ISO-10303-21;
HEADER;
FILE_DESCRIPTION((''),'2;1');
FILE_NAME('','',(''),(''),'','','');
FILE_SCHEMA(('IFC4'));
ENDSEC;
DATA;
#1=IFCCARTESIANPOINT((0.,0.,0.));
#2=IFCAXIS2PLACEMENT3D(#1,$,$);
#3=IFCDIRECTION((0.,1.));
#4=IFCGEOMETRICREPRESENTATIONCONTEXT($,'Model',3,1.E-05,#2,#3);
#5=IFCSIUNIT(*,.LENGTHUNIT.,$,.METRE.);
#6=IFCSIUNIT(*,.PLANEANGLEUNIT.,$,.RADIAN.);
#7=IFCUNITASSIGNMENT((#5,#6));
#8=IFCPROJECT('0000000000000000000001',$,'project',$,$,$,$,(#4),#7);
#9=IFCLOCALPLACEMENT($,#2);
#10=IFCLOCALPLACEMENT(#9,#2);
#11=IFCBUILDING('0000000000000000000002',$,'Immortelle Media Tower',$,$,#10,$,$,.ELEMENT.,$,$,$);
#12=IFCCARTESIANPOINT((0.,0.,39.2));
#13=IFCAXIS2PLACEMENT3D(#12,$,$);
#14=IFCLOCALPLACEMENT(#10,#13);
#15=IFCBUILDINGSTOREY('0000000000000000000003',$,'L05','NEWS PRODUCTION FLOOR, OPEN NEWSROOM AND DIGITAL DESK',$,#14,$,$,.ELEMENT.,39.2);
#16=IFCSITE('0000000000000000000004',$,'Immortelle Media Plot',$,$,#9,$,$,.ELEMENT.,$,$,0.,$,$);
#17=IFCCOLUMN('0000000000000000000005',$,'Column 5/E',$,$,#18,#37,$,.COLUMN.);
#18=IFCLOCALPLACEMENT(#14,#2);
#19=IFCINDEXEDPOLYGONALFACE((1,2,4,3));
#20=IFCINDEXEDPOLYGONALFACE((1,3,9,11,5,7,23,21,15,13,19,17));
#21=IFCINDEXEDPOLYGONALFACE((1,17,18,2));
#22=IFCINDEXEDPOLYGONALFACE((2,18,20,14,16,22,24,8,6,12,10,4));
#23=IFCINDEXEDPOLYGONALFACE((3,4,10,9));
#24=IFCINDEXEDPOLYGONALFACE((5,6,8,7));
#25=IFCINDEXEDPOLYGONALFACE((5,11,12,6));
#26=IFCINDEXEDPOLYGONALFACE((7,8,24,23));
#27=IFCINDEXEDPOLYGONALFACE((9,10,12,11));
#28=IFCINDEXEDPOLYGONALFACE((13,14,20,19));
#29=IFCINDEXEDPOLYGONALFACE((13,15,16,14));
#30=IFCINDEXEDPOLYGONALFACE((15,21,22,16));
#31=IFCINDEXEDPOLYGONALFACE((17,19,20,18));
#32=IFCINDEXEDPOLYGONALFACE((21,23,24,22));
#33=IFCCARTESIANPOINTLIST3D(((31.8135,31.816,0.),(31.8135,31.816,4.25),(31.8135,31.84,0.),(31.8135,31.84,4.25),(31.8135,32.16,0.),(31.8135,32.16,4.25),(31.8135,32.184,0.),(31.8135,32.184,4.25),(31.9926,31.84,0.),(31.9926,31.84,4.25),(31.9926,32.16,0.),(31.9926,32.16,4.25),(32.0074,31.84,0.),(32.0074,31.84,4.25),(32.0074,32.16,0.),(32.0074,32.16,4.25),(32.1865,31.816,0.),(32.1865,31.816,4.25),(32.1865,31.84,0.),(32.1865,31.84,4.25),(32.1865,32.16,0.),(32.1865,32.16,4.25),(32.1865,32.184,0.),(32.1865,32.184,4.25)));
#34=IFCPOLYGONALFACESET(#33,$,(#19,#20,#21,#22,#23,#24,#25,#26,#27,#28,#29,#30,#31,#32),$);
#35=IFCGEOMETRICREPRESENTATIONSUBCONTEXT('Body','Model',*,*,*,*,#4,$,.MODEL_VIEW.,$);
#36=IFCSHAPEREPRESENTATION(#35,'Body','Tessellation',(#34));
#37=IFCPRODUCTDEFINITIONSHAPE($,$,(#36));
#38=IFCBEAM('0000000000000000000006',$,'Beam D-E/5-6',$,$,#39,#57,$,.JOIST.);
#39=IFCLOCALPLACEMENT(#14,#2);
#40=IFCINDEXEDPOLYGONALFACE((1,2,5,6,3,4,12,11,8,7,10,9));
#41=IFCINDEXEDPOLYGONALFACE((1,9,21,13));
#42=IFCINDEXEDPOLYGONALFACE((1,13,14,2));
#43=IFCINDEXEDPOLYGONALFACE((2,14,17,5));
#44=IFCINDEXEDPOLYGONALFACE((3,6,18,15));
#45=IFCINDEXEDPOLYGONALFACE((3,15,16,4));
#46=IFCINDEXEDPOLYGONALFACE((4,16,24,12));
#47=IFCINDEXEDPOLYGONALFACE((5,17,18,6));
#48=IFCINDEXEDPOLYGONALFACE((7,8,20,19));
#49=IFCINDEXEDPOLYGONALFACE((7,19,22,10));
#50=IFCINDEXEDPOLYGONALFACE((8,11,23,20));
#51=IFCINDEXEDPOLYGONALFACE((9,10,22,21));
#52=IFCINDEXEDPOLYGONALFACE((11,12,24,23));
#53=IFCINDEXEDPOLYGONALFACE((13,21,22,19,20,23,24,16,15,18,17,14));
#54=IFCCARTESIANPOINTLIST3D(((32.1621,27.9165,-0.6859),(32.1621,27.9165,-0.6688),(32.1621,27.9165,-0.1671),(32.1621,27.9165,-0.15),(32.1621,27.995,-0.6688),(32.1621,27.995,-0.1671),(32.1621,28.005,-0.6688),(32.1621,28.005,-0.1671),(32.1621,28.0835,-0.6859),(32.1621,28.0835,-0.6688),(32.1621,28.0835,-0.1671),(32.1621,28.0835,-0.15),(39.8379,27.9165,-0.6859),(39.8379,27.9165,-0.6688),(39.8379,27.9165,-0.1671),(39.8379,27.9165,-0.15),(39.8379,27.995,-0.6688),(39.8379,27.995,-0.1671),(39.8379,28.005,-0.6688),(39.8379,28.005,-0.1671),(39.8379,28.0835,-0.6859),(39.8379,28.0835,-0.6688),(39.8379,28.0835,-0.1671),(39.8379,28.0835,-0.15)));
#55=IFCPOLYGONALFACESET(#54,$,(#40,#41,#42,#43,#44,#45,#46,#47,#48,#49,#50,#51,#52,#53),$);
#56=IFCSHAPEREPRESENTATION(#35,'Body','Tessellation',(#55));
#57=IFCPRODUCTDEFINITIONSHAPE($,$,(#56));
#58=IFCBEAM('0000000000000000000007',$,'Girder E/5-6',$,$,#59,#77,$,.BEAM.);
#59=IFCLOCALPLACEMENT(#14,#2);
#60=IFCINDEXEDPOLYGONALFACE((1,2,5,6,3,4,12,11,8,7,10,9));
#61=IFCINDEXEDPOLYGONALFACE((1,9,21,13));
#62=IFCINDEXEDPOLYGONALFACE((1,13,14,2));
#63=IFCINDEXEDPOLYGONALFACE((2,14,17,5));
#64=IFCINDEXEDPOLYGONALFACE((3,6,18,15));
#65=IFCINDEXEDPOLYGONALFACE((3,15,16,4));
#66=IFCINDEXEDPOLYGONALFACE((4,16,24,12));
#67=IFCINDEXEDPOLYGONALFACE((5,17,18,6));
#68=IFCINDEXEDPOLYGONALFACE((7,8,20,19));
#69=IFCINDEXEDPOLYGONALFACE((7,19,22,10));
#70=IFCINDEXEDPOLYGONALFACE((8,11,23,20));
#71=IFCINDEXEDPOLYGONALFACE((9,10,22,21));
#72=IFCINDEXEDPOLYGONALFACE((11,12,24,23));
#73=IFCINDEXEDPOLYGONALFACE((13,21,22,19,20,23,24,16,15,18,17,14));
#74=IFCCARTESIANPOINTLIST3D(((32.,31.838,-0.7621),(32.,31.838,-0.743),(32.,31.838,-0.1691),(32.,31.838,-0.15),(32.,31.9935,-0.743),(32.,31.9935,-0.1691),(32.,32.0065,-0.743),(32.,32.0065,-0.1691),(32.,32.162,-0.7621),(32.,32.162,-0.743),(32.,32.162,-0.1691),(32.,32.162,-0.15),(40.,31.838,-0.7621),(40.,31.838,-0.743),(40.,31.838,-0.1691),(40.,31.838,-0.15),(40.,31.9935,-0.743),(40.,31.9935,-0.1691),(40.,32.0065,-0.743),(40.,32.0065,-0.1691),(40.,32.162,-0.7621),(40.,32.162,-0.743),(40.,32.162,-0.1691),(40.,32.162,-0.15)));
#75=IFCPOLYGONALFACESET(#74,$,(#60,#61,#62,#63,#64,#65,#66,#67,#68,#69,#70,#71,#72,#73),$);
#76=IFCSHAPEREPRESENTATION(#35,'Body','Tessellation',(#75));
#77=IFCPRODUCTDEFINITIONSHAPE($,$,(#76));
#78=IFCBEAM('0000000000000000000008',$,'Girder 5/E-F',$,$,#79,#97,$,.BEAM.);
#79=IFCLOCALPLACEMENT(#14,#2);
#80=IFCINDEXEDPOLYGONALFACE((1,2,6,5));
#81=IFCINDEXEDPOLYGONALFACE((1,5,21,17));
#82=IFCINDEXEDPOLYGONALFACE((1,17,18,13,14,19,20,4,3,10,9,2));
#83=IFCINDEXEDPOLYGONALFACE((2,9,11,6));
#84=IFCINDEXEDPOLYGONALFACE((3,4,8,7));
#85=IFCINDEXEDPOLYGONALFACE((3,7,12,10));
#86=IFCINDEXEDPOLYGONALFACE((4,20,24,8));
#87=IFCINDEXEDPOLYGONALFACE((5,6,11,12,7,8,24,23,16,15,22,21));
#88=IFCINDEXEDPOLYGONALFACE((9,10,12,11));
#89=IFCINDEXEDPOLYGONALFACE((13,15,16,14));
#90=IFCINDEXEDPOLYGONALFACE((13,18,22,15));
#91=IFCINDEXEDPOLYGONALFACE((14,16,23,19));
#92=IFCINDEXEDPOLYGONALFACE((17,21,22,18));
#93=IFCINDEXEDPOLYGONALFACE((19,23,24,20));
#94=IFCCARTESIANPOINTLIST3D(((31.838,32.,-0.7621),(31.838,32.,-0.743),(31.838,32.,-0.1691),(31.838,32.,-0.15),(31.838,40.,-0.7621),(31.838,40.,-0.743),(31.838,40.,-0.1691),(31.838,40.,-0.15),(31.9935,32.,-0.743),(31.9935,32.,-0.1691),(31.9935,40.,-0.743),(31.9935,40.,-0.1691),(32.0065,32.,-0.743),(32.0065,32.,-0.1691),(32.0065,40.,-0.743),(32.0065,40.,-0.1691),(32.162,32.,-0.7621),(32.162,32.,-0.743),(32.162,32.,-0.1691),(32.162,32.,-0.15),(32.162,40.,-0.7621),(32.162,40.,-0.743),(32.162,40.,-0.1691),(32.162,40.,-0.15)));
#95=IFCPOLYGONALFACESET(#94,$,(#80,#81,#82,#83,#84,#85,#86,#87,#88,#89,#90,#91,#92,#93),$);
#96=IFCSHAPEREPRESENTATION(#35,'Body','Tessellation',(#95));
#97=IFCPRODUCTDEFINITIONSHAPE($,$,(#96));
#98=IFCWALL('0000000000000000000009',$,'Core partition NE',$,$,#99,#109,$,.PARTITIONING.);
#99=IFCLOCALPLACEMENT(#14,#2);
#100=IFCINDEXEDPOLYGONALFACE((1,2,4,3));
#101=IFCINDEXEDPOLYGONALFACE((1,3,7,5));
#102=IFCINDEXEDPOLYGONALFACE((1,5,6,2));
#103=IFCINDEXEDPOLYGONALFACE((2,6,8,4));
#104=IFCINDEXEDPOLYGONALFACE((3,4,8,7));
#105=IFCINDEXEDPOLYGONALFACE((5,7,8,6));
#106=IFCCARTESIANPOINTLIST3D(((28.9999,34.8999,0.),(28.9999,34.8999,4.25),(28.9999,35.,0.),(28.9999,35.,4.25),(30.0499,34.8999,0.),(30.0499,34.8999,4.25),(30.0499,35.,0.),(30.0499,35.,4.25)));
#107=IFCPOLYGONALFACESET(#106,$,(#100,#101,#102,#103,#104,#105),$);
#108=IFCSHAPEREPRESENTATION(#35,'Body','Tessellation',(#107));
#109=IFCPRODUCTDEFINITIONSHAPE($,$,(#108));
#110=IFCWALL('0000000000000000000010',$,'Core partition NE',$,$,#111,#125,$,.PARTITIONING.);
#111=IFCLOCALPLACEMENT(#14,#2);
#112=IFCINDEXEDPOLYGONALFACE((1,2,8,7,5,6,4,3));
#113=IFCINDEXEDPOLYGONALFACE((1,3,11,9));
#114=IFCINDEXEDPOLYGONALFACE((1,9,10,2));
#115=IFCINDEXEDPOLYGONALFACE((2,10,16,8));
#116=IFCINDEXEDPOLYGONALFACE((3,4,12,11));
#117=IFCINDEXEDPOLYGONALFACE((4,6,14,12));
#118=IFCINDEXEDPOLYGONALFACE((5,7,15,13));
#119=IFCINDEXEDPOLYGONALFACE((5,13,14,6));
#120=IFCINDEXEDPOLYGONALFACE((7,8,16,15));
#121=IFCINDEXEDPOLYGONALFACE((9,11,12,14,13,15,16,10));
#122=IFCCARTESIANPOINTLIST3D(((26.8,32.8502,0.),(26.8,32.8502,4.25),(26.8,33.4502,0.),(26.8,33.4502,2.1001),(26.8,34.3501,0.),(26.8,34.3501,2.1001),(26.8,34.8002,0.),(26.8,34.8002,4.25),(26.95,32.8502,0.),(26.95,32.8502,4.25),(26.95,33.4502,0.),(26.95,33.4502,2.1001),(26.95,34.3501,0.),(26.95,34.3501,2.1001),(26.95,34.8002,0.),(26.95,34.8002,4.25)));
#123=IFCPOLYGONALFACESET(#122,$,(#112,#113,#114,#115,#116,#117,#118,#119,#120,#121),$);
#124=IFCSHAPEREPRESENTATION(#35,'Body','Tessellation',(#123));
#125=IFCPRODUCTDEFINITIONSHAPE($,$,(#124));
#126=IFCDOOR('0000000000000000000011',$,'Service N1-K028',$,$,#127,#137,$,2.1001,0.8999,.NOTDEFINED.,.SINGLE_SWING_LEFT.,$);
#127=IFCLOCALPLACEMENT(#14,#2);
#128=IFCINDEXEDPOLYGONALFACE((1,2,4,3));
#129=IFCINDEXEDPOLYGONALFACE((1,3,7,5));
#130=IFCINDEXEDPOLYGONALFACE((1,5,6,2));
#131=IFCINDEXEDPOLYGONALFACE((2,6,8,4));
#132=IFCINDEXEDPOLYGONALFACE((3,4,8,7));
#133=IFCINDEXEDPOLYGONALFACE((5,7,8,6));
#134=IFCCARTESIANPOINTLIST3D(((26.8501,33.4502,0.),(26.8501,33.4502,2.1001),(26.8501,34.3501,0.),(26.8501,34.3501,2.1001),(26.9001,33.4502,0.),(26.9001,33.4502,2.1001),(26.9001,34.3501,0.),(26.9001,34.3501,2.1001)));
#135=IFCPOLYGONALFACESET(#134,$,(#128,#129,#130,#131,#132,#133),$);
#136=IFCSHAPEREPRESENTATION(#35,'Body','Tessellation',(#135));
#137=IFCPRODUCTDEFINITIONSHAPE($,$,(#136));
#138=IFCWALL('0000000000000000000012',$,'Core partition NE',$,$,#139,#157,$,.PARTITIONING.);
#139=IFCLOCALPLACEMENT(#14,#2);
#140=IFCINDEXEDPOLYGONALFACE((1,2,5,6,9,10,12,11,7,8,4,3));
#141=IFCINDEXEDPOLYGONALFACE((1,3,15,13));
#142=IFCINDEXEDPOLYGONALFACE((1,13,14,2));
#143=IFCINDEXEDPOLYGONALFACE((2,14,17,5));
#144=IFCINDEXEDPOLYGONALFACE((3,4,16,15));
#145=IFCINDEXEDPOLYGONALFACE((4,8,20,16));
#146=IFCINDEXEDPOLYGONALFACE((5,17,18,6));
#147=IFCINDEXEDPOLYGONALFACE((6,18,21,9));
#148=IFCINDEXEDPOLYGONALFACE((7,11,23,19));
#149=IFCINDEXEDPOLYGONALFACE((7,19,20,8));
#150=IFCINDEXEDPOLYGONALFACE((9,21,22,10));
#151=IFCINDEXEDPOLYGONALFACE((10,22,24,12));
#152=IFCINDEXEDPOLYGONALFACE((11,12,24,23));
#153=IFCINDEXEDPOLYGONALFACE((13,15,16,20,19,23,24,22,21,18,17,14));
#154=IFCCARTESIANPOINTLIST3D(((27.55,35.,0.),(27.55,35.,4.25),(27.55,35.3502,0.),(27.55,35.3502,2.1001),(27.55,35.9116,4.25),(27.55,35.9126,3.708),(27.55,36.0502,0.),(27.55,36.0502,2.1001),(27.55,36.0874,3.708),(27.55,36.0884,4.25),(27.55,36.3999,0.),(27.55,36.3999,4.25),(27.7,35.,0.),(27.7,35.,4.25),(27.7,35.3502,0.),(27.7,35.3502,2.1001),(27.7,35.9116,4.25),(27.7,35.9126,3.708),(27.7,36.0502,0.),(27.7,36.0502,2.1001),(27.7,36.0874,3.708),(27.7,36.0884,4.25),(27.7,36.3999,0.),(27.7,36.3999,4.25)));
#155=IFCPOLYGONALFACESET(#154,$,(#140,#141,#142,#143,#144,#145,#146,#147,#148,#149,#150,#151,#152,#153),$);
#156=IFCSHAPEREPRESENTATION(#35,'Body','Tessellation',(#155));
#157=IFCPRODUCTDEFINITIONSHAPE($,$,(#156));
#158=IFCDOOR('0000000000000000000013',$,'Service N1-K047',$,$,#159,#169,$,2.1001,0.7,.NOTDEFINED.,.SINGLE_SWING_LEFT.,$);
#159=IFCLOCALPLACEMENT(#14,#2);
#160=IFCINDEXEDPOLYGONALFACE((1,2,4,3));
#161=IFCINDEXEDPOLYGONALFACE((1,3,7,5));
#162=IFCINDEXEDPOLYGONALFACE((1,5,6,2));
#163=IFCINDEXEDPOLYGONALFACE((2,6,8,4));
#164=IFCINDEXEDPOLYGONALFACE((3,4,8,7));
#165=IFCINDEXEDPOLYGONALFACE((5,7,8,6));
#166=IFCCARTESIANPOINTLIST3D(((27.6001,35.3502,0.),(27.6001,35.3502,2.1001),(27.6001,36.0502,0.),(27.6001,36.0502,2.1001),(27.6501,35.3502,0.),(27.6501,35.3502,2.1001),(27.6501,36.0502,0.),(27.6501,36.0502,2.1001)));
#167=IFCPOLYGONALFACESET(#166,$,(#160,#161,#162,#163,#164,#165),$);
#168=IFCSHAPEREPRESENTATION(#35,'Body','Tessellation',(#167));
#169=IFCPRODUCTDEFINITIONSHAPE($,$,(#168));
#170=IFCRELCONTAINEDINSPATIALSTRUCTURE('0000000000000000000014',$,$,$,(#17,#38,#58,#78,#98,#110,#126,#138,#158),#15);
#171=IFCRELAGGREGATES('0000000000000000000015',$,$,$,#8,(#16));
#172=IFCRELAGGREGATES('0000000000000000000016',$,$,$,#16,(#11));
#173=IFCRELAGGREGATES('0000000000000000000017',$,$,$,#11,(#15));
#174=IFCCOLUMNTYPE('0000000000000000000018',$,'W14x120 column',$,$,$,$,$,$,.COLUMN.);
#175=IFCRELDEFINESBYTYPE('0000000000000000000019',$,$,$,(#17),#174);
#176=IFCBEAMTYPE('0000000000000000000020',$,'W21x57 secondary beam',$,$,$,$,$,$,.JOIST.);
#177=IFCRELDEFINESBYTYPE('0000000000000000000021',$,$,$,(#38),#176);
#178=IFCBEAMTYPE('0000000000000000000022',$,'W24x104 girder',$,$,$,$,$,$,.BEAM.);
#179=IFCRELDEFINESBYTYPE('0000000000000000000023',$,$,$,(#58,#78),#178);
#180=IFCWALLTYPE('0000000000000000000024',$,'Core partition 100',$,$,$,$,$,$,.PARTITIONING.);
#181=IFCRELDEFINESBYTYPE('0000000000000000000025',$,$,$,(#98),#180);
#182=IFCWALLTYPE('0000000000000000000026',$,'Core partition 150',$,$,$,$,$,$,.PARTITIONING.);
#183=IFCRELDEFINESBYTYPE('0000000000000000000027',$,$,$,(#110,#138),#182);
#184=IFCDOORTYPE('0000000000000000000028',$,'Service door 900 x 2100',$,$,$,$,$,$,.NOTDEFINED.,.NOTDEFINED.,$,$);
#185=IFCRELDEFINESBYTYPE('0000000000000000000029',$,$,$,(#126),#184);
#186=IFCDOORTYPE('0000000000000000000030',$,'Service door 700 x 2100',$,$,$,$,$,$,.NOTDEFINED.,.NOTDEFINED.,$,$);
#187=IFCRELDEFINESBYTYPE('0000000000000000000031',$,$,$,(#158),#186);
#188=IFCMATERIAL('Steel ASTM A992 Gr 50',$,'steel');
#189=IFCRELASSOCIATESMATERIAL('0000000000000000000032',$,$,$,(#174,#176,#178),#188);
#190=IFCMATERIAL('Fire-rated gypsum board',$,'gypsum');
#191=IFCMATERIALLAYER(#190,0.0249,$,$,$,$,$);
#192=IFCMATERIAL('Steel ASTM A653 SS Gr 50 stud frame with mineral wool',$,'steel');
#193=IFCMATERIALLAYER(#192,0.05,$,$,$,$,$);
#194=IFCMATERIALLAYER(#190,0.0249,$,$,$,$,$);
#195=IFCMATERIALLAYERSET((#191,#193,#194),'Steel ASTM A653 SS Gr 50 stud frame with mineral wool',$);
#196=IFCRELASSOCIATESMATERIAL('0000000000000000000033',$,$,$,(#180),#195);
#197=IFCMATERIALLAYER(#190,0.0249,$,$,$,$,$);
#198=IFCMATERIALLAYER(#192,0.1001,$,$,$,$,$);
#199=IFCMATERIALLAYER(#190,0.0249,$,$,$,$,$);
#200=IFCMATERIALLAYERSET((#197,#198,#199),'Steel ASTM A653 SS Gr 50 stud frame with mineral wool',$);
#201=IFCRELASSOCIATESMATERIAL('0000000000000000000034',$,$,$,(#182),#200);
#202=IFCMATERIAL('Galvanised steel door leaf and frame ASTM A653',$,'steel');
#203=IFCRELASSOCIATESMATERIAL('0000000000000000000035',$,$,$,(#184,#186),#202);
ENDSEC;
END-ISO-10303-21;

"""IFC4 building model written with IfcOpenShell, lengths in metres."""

from ifc_helpers import new_model, si_unit, direction, frame, frame_2d, origin, origin_2d, place, context, subcontext, project, spatial, polyline, rectangle, i_section, outline, extrude, material, layer, layer_set, material_profile, profile_set, type_object, element, fill, save


model = new_model("IFC4")

# Units and contexts
model_context = context("Model", 3, precision=1e-05, world=origin(), true_north=direction((0.0, 1.0)))
body_context = subcontext(model_context, "Body", "Model", "MODEL_VIEW")
ifc_project = project(units=[si_unit("LENGTHUNIT", "METRE"), si_unit("PLANEANGLEUNIT", "RADIAN")], contexts=[model_context])

# Site, building, storey
site_placement = place(None, origin())
site = spatial("IfcSite", under=ifc_project, at=site_placement, Name="Immortelle Media Plot", CompositionType="ELEMENT", RefElevation=0.0)
building_placement = place(site_placement, origin())
building = spatial("IfcBuilding", under=site, at=building_placement, Name="Immortelle Media Tower", CompositionType="ELEMENT")
storey_placement = place(building_placement, frame((0.0, 0.0, 39.2)))
storey = spatial("IfcBuildingStorey", under=building, at=storey_placement, Name="L05", Description="NEWS PRODUCTION FLOOR, OPEN NEWSROOM AND DIGITAL DESK", CompositionType="ELEMENT", Elevation=39.2)

# Column
ifc_material_1 = material(Name="Steel ASTM A992 Gr 50", Category="steel")
ifc_material_profile_1 = material_profile(ifc_material_1, i_section(OverallWidth=0.373, OverallDepth=0.3679, WebThickness=0.0149, FlangeThickness=0.0239, at=origin_2d()), Name="W14x120")
ifc_profile_set_1 = profile_set([ifc_material_profile_1], Name="Steel ASTM A992 Gr 50")
column_type = type_object("IfcColumnType", Name="W14x120 column", PredefinedType="COLUMN", material=ifc_profile_set_1)
column_placement = place(storey_placement, frame((32.0, 32.0, 0.0), z_axis=(0.0, 0.0, 1.0), x_axis=(1.0, 0.0, 0.0)))
element("IfcColumn", 1, at=column_placement, inside=storey, type_object=column_type, Name="Column 5/E", PredefinedType="COLUMN", context=body_context, shape_type="SweptSolid", body=[
    extrude(i_section(OverallWidth=0.373, OverallDepth=0.3679, WebThickness=0.0149, FlangeThickness=0.0239, at=origin_2d()), origin(), (0.0, 0.0, 1.0), 4.25),
])

# Beams
ifc_material_profile_2 = material_profile(ifc_material_1, i_section(OverallWidth=0.167, OverallDepth=0.5359, WebThickness=0.01, FlangeThickness=0.0171, at=origin_2d()), Name="W21x57")
ifc_profile_set_2 = profile_set([ifc_material_profile_2], Name="Steel ASTM A992 Gr 50")
beam_type_1 = type_object("IfcBeamType", Name="W21x57 secondary beam", PredefinedType="JOIST", material=ifc_profile_set_2)
beam_placement = place(storey_placement, frame((32.1621, 28.0, -0.418), z_axis=(1.0, 0.0, 0.0), x_axis=(0.0, 1.0, 0.0)))
element("IfcBeam", 2, at=beam_placement, inside=storey, type_object=beam_type_1, Name="Beam D-E/5-6", PredefinedType="JOIST", context=body_context, shape_type="SweptSolid", body=[
    extrude(i_section(OverallWidth=0.167, OverallDepth=0.5359, WebThickness=0.01, FlangeThickness=0.0171, at=origin_2d()), origin(), (0.0, 0.0, 1.0), 7.6758),
])
ifc_material_profile_3 = material_profile(ifc_material_1, i_section(OverallWidth=0.324, OverallDepth=0.6121, WebThickness=0.0129, FlangeThickness=0.019, at=origin_2d()), Name="W24x104")
ifc_profile_set_3 = profile_set([ifc_material_profile_3], Name="Steel ASTM A992 Gr 50")
beam_type_2 = type_object("IfcBeamType", Name="W24x104 girder", PredefinedType="BEAM", material=ifc_profile_set_3)
for number, where, z_axis, x_axis, name in (
    (3, (32.0, 32.0, -0.4561), (1.0, 0.0, 0.0), (0.0, 1.0, 0.0), "Girder E/5-6"),
    (4, (32.0, 32.0, -0.4561), (0.0, 1.0, 0.0), (-1.0, 0.0, 0.0), "Girder 5/E-F"),
):
    element("IfcBeam", number, at=place(storey_placement, frame(where, z_axis=z_axis, x_axis=x_axis)), inside=storey, type_object=beam_type_2, Name=name, PredefinedType="BEAM", context=body_context, shape_type="SweptSolid", body=[
        extrude(i_section(OverallWidth=0.324, OverallDepth=0.6121, WebThickness=0.0129, FlangeThickness=0.019, at=origin_2d()), origin(), (0.0, 0.0, 1.0), 8.0),
    ])

# Wall
ifc_material_2 = material(Name="Fire-rated gypsum board", Category="gypsum")
ifc_layer_1 = layer(ifc_material_2, 0.0249)
ifc_material_3 = material(Name="Steel ASTM A653 SS Gr 50 stud frame with mineral wool", Category="steel")
ifc_layer_2 = layer(ifc_material_3, 0.05)
ifc_layer_3 = layer(ifc_material_2, 0.0249)
ifc_layer_set_1 = layer_set([ifc_layer_1, ifc_layer_2, ifc_layer_3], Name="Steel ASTM A653 SS Gr 50 stud frame with mineral wool")
wall_type_1 = type_object("IfcWallType", Name="Core partition 100", PredefinedType="PARTITIONING", material=ifc_layer_set_1)
wall_1_placement = place(storey_placement, frame((29.0, 34.95, 0.0), z_axis=(0.0, 0.0, 1.0), x_axis=(1.0, 0.0, 0.0)))
element("IfcWall", 5, at=wall_1_placement, inside=storey, type_object=wall_type_1, Name="Core partition NE", PredefinedType="PARTITIONING", context=body_context, shape_type="SweptSolid", body=[
    extrude(rectangle(XDim=1.05, YDim=0.1001, at=frame_2d((0.5249, 0.0))), origin(), (0.0, 0.0, 1.0), 4.25),
])

# Walls, openings, doors
ifc_layer_4 = layer(ifc_material_2, 0.0249)
ifc_layer_5 = layer(ifc_material_3, 0.1001)
ifc_layer_6 = layer(ifc_material_2, 0.0249)
ifc_layer_set_2 = layer_set([ifc_layer_4, ifc_layer_5, ifc_layer_6], Name="Steel ASTM A653 SS Gr 50 stud frame with mineral wool")
wall_type_2 = type_object("IfcWallType", Name="Core partition 150", PredefinedType="PARTITIONING", material=ifc_layer_set_2)
wall_2_placement = place(storey_placement, frame((26.875, 32.8501, 0.0), z_axis=(0.0, 0.0, 1.0), x_axis=(0.0, 1.0, 0.0)))
wall_2 = element("IfcWall", 6, at=wall_2_placement, inside=storey, type_object=wall_type_2, Name="Core partition NE", PredefinedType="PARTITIONING", context=body_context, shape_type="SweptSolid", body=[
    extrude(rectangle(XDim=1.95, YDim=0.1499, at=frame_2d((0.9751, 0.0))), origin(), (0.0, 0.0, 1.0), 4.25),
])
opening_1_placement = place(wall_2_placement, frame((0.6001, 0.0, 0.0)))
opening_1 = element("IfcOpeningElement", 7, at=opening_1_placement, cuts=wall_2, PredefinedType="OPENING", context=body_context, shape_type="SweptSolid", body=[
    extrude(rectangle(XDim=0.8999, YDim=2.1001, at=frame_2d((0.45, 1.05))), frame((0.0, 0.085, 0.0), z_axis=(0.0, -1.0, 0.0), x_axis=(1.0, 0.0, 0.0)), (0.0, 0.0, 1.0), 0.1699),
])
ifc_material_4 = material(Name="Galvanised steel door leaf and frame ASTM A653", Category="steel")
door_type_1 = type_object("IfcDoorType", Name="Service door 900 x 2100", OperationType="NOTDEFINED", PredefinedType="NOTDEFINED", material=ifc_material_4)
door_1_placement = place(opening_1_placement, origin())
door_1 = element("IfcDoor", 8, at=door_1_placement, inside=storey, type_object=door_type_1, Name="Service N1-K028", OperationType="SINGLE_SWING_LEFT", OverallHeight=2.1001, OverallWidth=0.8999, PredefinedType="NOTDEFINED", context=body_context, shape_type="SweptSolid", body=[
    extrude(rectangle(XDim=0.8999, YDim=2.1001, at=frame_2d((0.45, 1.05))), frame((0.0, 0.0249, 0.0), z_axis=(0.0, -1.0, 0.0), x_axis=(1.0, 0.0, 0.0)), (0.0, 0.0, 1.0), 0.05),
])
fill(opening_1, door_1)
wall_3_placement = place(storey_placement, frame((27.625, 35.0, 0.0), z_axis=(0.0, 0.0, 1.0), x_axis=(0.0, 1.0, 0.0)))
wall_3 = element("IfcWall", 9, at=wall_3_placement, inside=storey, type_object=wall_type_2, Name="Core partition NE", PredefinedType="PARTITIONING", context=body_context, shape_type="SweptSolid", body=[
    extrude(outline(polyline([(0.0, 0.0), (1.3999, 0.0), (1.3999, 4.25), (1.0884, 4.25), (1.0874, 3.708), (0.9126, 3.708), (0.9116, 4.25), (0.0, 4.25), (0.0, 0.0)])), frame((0.0, 0.075, 0.0), z_axis=(0.0, -1.0, 0.0), x_axis=(1.0, 0.0, 0.0)), (0.0, 0.0, 1.0), 0.1499),
])
opening_2_placement = place(wall_3_placement, frame((0.3501, 0.0, 0.0)))
opening_2 = element("IfcOpeningElement", 10, at=opening_2_placement, cuts=wall_3, PredefinedType="OPENING", context=body_context, shape_type="SweptSolid", body=[
    extrude(rectangle(XDim=0.7, YDim=2.1001, at=frame_2d((0.3501, 1.05))), frame((0.0, 0.085, 0.0), z_axis=(0.0, -1.0, 0.0), x_axis=(1.0, 0.0, 0.0)), (0.0, 0.0, 1.0), 0.1699),
])
door_type_2 = type_object("IfcDoorType", Name="Service door 700 x 2100", OperationType="NOTDEFINED", PredefinedType="NOTDEFINED", material=ifc_material_4)
door_2_placement = place(opening_2_placement, origin())
door_2 = element("IfcDoor", 11, at=door_2_placement, inside=storey, type_object=door_type_2, Name="Service N1-K047", OperationType="SINGLE_SWING_LEFT", OverallHeight=2.1001, OverallWidth=0.7, PredefinedType="NOTDEFINED", context=body_context, shape_type="SweptSolid", body=[
    extrude(rectangle(XDim=0.7, YDim=2.1001, at=frame_2d((0.3501, 1.05))), frame((0.0, 0.0249, 0.0), z_axis=(0.0, -1.0, 0.0), x_axis=(1.0, 0.0, 0.0)), (0.0, 0.0, 1.0), 0.05),
])
fill(opening_2, door_2)

save(model, "model.ifc")
